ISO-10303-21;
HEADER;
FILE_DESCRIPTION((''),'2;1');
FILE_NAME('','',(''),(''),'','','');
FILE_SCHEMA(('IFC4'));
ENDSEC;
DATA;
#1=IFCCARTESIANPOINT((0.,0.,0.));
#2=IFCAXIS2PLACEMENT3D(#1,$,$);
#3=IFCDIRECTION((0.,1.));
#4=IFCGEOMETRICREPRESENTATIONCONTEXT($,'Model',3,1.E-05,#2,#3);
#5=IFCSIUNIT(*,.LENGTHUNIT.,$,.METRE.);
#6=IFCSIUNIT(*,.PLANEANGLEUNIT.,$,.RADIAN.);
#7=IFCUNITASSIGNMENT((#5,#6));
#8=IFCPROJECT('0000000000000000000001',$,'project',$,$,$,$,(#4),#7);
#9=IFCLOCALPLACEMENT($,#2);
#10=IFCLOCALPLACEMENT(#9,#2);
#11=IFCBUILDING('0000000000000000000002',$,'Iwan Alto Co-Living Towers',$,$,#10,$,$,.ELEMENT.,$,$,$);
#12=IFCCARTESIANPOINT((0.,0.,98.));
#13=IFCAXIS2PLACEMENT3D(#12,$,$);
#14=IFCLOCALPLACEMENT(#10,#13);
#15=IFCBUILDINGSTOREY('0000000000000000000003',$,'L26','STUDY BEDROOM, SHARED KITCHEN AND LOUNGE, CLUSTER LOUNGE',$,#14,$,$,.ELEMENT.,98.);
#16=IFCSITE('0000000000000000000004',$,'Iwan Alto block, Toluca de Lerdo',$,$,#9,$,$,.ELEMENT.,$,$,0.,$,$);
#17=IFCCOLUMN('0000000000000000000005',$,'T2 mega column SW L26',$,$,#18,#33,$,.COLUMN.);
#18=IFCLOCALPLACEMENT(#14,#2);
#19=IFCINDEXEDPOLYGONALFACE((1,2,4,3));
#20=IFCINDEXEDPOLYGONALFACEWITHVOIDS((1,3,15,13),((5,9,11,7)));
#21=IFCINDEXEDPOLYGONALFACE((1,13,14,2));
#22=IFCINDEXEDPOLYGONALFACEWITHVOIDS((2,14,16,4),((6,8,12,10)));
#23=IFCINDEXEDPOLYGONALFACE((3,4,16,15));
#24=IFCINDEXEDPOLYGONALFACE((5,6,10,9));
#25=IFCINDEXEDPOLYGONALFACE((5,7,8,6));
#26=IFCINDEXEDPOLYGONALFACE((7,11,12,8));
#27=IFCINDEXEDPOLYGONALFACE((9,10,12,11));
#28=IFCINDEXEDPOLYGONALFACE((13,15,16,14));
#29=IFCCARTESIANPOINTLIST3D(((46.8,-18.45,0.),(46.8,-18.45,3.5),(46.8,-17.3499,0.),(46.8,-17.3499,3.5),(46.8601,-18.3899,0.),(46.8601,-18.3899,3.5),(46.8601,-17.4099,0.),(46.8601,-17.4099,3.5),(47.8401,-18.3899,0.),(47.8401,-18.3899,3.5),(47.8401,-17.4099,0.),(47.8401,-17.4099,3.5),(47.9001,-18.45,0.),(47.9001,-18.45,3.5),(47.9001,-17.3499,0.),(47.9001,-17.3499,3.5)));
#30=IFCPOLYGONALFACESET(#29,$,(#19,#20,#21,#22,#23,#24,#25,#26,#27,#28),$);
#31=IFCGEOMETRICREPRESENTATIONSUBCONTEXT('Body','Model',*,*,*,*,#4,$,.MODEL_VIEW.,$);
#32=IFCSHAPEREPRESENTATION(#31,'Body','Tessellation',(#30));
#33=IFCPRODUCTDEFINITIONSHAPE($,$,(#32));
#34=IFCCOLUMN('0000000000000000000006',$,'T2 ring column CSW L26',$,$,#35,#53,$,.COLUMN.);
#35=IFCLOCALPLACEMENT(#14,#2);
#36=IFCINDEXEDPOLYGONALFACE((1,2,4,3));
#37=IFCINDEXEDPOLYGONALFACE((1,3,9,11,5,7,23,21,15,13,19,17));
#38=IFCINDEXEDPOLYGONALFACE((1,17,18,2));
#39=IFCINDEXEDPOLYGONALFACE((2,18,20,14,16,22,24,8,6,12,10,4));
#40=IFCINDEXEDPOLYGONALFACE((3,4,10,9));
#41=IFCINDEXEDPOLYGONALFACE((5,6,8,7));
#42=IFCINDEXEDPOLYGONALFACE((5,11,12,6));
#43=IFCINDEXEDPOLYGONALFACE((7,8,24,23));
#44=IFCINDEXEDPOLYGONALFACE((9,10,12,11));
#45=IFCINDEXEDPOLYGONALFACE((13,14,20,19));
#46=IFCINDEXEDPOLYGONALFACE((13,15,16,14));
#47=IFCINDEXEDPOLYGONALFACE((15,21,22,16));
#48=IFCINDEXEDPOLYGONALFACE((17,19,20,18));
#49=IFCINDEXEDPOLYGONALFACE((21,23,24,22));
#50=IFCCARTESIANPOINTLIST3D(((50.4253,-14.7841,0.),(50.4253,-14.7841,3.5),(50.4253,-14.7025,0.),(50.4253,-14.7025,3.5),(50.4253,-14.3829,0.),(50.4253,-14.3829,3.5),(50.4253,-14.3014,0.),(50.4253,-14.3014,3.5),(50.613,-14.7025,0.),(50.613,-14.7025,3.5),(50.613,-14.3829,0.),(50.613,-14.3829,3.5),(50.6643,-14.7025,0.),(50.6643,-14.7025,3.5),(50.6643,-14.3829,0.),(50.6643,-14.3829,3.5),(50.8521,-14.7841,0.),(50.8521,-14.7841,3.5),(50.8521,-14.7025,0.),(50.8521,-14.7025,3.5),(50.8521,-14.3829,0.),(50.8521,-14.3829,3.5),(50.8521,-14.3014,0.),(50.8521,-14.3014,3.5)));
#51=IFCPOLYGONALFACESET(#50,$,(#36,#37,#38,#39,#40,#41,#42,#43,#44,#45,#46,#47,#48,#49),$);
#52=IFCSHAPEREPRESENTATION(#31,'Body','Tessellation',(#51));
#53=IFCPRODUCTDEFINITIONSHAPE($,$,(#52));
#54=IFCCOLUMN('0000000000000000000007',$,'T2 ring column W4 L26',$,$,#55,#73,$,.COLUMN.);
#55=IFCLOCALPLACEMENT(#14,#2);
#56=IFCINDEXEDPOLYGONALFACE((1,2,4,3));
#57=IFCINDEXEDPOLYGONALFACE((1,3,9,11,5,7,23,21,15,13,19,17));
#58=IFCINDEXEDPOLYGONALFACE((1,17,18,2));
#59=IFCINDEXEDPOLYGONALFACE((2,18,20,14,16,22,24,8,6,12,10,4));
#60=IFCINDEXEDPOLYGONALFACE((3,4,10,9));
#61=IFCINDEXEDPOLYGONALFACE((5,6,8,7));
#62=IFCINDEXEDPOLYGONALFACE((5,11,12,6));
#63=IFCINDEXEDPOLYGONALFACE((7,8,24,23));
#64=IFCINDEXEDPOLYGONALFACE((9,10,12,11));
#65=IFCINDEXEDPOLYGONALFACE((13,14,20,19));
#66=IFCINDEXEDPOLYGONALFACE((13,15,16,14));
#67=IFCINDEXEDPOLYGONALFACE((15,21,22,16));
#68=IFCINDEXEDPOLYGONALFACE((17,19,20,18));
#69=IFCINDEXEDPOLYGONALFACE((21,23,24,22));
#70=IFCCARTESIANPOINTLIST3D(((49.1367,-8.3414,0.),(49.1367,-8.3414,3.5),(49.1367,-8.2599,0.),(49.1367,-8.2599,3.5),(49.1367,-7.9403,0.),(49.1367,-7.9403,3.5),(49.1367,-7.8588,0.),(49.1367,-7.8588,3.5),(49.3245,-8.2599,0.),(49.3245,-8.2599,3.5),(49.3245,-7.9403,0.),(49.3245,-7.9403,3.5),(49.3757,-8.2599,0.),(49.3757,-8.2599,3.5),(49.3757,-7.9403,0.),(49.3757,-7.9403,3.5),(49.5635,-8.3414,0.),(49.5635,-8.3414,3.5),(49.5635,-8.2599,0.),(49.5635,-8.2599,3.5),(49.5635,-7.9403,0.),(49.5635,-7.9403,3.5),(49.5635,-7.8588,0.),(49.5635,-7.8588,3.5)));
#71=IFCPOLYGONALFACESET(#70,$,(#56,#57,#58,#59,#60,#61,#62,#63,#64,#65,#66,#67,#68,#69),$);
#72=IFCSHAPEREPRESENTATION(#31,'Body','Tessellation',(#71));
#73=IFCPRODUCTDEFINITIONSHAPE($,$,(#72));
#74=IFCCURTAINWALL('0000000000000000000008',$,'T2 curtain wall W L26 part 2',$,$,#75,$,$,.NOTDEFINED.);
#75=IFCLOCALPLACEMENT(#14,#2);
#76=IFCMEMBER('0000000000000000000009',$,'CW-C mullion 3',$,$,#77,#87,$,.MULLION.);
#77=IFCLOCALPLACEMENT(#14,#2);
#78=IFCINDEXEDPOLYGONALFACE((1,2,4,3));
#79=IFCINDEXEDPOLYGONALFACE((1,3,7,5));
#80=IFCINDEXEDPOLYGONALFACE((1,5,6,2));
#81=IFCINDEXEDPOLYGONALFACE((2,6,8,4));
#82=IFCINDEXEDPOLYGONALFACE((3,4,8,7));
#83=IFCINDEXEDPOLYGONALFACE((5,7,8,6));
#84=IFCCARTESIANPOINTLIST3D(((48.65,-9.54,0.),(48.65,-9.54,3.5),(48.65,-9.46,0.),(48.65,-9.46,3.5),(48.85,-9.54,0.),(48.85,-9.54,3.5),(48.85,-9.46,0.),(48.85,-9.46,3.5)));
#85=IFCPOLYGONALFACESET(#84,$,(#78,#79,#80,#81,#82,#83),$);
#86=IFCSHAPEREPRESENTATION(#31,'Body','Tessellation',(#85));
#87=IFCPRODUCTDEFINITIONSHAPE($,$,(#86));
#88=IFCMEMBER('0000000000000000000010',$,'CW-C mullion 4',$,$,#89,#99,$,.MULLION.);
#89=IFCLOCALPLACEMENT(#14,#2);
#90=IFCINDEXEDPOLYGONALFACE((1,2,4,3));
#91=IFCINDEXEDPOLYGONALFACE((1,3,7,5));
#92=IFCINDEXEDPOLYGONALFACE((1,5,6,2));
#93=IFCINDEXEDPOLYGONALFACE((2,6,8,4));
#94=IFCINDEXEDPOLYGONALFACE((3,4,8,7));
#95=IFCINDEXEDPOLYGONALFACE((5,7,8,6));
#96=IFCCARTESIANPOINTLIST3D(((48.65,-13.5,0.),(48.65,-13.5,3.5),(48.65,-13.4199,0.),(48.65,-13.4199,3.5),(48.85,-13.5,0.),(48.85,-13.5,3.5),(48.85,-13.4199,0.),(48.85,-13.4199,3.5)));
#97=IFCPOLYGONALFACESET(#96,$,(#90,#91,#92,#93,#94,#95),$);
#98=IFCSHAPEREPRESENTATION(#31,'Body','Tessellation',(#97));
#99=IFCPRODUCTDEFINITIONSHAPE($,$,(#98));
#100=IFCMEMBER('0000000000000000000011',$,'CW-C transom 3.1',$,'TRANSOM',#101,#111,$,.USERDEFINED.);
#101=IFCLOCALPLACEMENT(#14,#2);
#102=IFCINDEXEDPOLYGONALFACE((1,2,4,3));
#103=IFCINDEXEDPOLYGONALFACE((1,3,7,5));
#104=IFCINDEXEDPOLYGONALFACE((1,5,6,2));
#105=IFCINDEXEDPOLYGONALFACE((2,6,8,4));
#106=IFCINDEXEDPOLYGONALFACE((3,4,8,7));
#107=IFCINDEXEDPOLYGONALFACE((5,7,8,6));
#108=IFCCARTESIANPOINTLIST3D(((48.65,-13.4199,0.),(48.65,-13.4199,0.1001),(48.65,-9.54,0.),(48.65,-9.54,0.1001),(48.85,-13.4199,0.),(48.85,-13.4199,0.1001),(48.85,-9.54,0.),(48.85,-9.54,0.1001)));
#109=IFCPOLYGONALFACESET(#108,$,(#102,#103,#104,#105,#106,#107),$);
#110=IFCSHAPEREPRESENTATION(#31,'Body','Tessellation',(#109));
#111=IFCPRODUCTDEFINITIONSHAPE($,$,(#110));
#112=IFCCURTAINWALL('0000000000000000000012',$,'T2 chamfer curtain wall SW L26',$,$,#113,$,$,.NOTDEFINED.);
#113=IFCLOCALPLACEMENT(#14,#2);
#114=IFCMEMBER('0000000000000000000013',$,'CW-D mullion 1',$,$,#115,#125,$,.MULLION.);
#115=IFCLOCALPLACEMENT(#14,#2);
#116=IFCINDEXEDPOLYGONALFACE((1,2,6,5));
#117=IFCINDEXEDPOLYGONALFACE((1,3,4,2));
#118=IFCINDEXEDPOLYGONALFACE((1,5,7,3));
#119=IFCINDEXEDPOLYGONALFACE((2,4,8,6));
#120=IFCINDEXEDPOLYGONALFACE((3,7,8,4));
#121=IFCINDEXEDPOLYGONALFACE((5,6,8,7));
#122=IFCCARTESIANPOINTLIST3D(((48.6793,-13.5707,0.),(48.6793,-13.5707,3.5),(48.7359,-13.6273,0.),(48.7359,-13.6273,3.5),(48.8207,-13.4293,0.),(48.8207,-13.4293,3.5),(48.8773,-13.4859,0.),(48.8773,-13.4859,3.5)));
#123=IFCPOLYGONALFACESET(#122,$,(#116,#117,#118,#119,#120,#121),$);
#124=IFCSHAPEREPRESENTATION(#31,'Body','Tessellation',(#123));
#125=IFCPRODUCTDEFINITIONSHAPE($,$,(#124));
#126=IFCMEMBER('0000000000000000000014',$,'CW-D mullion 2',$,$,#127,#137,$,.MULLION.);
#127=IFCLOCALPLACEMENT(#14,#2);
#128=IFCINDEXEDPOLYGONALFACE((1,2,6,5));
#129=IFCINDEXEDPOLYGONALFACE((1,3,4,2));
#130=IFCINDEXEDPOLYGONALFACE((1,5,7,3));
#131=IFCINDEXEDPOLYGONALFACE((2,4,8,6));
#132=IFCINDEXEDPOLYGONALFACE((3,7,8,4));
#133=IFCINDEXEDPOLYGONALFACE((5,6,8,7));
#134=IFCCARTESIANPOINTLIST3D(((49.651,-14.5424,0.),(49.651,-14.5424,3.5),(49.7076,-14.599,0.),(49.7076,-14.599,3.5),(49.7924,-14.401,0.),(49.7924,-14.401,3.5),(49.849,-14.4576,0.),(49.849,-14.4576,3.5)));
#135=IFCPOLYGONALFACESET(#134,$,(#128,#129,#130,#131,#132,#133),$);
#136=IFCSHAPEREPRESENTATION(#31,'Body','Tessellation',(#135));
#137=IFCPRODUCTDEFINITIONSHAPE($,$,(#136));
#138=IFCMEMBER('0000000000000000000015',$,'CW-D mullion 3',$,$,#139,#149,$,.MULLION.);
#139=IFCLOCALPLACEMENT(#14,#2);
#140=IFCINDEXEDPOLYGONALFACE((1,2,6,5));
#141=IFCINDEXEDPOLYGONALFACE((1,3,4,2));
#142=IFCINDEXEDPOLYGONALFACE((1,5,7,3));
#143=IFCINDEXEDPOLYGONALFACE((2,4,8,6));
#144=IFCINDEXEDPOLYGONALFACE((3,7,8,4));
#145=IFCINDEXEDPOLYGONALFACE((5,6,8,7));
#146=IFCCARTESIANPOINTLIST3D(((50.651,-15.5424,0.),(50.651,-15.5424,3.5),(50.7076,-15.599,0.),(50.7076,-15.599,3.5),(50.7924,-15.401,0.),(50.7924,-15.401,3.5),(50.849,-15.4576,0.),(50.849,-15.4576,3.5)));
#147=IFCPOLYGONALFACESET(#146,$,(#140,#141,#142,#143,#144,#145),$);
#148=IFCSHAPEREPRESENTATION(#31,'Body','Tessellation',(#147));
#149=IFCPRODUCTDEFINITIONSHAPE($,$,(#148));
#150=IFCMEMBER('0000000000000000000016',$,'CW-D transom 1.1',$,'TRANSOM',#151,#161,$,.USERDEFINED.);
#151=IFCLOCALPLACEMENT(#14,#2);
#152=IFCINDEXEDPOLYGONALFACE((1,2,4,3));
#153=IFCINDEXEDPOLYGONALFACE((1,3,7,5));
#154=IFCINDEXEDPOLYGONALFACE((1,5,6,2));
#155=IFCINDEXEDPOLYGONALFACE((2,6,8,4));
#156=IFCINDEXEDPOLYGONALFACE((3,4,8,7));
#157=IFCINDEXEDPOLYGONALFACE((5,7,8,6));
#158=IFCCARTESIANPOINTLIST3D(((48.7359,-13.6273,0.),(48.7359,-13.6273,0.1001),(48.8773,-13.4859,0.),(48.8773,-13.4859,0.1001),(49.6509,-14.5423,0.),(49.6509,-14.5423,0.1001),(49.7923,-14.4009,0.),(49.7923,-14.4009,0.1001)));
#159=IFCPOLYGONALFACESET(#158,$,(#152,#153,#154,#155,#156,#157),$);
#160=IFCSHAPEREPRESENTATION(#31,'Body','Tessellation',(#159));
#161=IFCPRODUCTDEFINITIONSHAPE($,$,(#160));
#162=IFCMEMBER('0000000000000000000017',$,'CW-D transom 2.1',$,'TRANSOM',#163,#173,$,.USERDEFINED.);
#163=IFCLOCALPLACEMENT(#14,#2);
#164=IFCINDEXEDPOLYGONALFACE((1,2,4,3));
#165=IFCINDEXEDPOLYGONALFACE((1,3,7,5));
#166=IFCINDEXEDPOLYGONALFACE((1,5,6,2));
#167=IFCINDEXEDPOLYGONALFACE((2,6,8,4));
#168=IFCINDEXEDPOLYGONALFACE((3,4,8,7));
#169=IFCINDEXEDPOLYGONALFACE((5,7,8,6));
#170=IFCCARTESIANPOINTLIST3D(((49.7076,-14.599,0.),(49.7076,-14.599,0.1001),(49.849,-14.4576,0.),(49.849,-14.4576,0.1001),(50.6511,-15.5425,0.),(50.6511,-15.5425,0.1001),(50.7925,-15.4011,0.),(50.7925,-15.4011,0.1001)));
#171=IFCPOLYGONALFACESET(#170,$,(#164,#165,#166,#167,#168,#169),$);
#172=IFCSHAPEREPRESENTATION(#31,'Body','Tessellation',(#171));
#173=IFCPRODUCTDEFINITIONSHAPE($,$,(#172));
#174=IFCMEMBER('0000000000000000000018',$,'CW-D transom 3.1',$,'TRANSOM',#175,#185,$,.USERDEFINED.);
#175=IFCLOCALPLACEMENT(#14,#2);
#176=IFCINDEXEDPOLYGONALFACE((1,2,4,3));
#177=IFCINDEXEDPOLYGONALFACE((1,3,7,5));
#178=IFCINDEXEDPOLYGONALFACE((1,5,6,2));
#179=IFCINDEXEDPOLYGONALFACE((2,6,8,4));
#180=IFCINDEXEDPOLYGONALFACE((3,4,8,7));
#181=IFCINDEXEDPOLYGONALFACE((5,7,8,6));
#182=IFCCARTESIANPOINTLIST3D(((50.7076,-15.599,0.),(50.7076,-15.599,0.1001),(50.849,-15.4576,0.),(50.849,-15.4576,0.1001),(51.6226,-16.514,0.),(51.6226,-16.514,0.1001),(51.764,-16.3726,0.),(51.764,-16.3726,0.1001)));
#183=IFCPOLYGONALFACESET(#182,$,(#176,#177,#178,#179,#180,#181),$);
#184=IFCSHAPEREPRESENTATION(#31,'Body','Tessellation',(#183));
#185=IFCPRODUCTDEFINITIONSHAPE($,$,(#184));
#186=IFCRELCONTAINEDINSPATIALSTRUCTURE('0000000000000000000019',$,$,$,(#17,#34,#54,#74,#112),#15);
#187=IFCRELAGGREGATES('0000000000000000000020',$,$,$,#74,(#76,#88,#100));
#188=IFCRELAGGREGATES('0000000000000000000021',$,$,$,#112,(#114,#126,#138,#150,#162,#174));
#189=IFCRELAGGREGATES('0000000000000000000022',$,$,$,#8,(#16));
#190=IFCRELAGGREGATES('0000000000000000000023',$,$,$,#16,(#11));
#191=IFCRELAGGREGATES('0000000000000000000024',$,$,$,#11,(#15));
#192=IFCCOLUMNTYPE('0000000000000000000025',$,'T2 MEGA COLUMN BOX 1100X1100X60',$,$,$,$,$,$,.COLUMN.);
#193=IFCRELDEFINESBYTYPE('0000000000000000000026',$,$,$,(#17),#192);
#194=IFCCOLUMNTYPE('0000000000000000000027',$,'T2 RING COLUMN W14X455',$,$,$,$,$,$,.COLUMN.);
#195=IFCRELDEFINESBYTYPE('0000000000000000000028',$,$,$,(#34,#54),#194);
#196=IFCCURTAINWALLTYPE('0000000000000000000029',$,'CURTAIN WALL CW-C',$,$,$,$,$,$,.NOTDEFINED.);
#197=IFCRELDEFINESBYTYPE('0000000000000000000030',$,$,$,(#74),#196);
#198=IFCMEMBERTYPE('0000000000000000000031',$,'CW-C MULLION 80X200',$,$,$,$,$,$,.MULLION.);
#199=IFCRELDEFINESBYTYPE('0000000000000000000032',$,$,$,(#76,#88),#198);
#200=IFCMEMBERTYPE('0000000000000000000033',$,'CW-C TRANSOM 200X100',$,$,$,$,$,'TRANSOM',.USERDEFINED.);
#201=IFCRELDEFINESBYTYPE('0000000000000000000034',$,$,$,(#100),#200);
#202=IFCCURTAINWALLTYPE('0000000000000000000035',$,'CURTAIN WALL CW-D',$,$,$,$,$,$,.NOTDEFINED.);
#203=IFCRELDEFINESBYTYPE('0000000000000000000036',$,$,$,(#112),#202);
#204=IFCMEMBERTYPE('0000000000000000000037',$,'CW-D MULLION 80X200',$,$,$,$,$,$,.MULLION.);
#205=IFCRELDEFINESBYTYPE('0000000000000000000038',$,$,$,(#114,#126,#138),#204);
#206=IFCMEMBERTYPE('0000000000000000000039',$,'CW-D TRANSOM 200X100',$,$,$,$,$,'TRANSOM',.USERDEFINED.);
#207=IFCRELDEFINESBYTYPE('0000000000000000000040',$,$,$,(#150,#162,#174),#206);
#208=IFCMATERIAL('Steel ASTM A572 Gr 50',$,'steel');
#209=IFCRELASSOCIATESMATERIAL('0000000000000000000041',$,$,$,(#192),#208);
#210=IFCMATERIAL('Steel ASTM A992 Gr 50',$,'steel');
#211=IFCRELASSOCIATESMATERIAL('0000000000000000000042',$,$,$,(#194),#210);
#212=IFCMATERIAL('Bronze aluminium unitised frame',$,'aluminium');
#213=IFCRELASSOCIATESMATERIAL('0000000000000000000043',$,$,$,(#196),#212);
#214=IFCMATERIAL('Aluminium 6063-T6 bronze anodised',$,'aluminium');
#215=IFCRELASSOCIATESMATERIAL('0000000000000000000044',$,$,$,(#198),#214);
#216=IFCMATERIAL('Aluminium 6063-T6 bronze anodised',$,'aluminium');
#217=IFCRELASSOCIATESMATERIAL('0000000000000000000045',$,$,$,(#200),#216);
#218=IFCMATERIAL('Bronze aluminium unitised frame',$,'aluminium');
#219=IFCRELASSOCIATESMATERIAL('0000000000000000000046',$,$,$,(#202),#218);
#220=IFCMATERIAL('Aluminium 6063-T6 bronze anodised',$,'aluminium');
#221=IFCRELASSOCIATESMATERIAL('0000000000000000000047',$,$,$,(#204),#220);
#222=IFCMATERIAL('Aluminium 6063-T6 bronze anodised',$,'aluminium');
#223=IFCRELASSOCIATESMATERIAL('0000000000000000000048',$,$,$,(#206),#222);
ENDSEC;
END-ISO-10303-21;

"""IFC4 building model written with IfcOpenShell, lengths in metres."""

from ifc_helpers import new_model, si_unit, direction, frame, origin, origin_2d, place, context, subcontext, project, spatial, rectangle, hollow_rectangle, i_section, extrude, material, material_profile, profile_set, type_object, element, aggregate, save


model = new_model("IFC4")

# Units and contexts
model_context = context("Model", 3, precision=1e-05, world=origin(), true_north=direction((0.0, 1.0)))
body_context = subcontext(model_context, "Body", "Model", "MODEL_VIEW")
ifc_project = project(units=[si_unit("LENGTHUNIT", "METRE"), si_unit("PLANEANGLEUNIT", "RADIAN")], contexts=[model_context])

# Site, building, storey
site_placement = place(None, origin())
site = spatial("IfcSite", under=ifc_project, at=site_placement, Name="Iwan Alto block, Toluca de Lerdo", CompositionType="ELEMENT", RefElevation=0.0)
building_placement = place(site_placement, origin())
building = spatial("IfcBuilding", under=site, at=building_placement, Name="Iwan Alto Co-Living Towers", CompositionType="ELEMENT")
storey_placement = place(building_placement, frame((0.0, 0.0, 98.0)))
storey = spatial("IfcBuildingStorey", under=building, at=storey_placement, Name="L26", Description="STUDY BEDROOM, SHARED KITCHEN AND LOUNGE, CLUSTER LOUNGE", CompositionType="ELEMENT", Elevation=98.0)

# Columns
ifc_material_1 = material(Name="Steel ASTM A572 Gr 50", Category="steel")
ifc_material_profile_1 = material_profile(ifc_material_1, hollow_rectangle(XDim=1.1001, YDim=1.1001, WallThickness=0.0601, at=origin_2d()), Name="BOX 1100X1100X60")
ifc_profile_set_1 = profile_set([ifc_material_profile_1], Name="Steel ASTM A572 Gr 50")
column_type_1 = type_object("IfcColumnType", Name="T2 MEGA COLUMN BOX 1100X1100X60", PredefinedType="COLUMN", material=ifc_profile_set_1)
column_placement = place(storey_placement, frame((47.3501, -17.8999, 0.0), z_axis=(0.0, 0.0, 1.0), x_axis=(1.0, 0.0, 0.0)))
element("IfcColumn", 1, at=column_placement, inside=storey, type_object=column_type_1, Name="T2 mega column SW L26", PredefinedType="COLUMN", context=body_context, shape_type="SweptSolid", body=[
    extrude(hollow_rectangle(XDim=1.1001, YDim=1.1001, WallThickness=0.0601, at=origin_2d()), origin(), (0.0, 0.0, 1.0), 3.5),
])
ifc_material_2 = material(Name="Steel ASTM A992 Gr 50", Category="steel")
ifc_material_profile_2 = material_profile(ifc_material_2, i_section(OverallWidth=0.4268, OverallDepth=0.4827, WebThickness=0.0513, FlangeThickness=0.0815, at=origin_2d()), Name="W14X455")
ifc_profile_set_2 = profile_set([ifc_material_profile_2], Name="Steel ASTM A992 Gr 50")
column_type_2 = type_object("IfcColumnType", Name="T2 RING COLUMN W14X455", PredefinedType="COLUMN", material=ifc_profile_set_2)
for number, where, z_axis, x_axis, name in (
    (2, (50.6387, -14.5427, 0.0), (0.0, 0.0, 1.0), (1.0, 0.0, 0.0), "T2 ring column CSW L26"),
    (3, (49.3501, -8.1001, 0.0), (0.0, 0.0, 1.0), (1.0, 0.0, 0.0), "T2 ring column W4 L26"),
):
    element("IfcColumn", number, at=place(storey_placement, frame(where, z_axis=z_axis, x_axis=x_axis)), inside=storey, type_object=column_type_2, Name=name, PredefinedType="COLUMN", context=body_context, shape_type="SweptSolid", body=[
        extrude(i_section(OverallWidth=0.4268, OverallDepth=0.4827, WebThickness=0.0513, FlangeThickness=0.0815, at=origin_2d()), origin(), (0.0, 0.0, 1.0), 3.5),
    ])

# Curtain walls, members
ifc_material_3 = material(Name="Bronze aluminium unitised frame", Category="aluminium")
curtain_wall_type_1 = type_object("IfcCurtainWallType", Name="CURTAIN WALL CW-C", PredefinedType="NOTDEFINED", material=ifc_material_3)
curtain_wall_1_placement = place(storey_placement, origin())
curtain_wall_1 = element("IfcCurtainWall", 4, at=curtain_wall_1_placement, inside=storey, type_object=curtain_wall_type_1, Name="T2 curtain wall W L26 part 2", PredefinedType="NOTDEFINED")
ifc_material_4 = material(Name="Aluminium 6063-T6 bronze anodised", Category="aluminium")
ifc_material_profile_3 = material_profile(ifc_material_4, rectangle(XDim=0.2, YDim=0.0801, at=origin_2d()), Name="AL 80X200")
ifc_profile_set_3 = profile_set([ifc_material_profile_3], Name="Aluminium 6063-T6 bronze anodised")
member_type_1 = type_object("IfcMemberType", Name="CW-C MULLION 80X200", PredefinedType="MULLION", material=ifc_profile_set_3)
member_1_placement = place(storey_placement, frame((48.75, -9.5, 0.0), z_axis=(0.0, 0.0, 1.0), x_axis=(1.0, 0.0, 0.0)))
member_1 = element("IfcMember", 5, at=member_1_placement, type_object=member_type_1, Name="CW-C mullion 3", PredefinedType="MULLION", context=body_context, shape_type="SweptSolid", body=[
    extrude(rectangle(XDim=0.2, YDim=0.0801, at=origin_2d()), origin(), (0.0, 0.0, 1.0), 3.5),
])
member_2_placement = place(storey_placement, frame((48.75, -13.46, 0.0), z_axis=(0.0, 0.0, 1.0), x_axis=(1.0, 0.0, 0.0)))
member_2 = element("IfcMember", 6, at=member_2_placement, type_object=member_type_1, Name="CW-C mullion 4", PredefinedType="MULLION", context=body_context, shape_type="SweptSolid", body=[
    extrude(rectangle(XDim=0.2, YDim=0.0801, at=origin_2d()), origin(), (0.0, 0.0, 1.0), 3.5),
])
ifc_material_5 = material(Name="Aluminium 6063-T6 bronze anodised", Category="aluminium")
ifc_material_profile_4 = material_profile(ifc_material_5, rectangle(XDim=0.2, YDim=0.1001, at=origin_2d()), Name="AL 200X100")
ifc_profile_set_4 = profile_set([ifc_material_profile_4], Name="Aluminium 6063-T6 bronze anodised")
member_type_2 = type_object("IfcMemberType", Name="CW-C TRANSOM 200X100", ElementType="TRANSOM", PredefinedType="USERDEFINED", material=ifc_profile_set_4)
member_3_placement = place(storey_placement, frame((48.75, -9.54, 0.05), z_axis=(0.0, -1.0, 0.0), x_axis=(1.0, 0.0, 0.0)))
member_3 = element("IfcMember", 7, at=member_3_placement, type_object=member_type_2, Name="CW-C transom 3.1", ObjectType="TRANSOM", PredefinedType="USERDEFINED", context=body_context, shape_type="SweptSolid", body=[
    extrude(rectangle(XDim=0.2, YDim=0.1001, at=origin_2d()), origin(), (0.0, 0.0, 1.0), 3.8799),
])
ifc_material_6 = material(Name="Bronze aluminium unitised frame", Category="aluminium")
curtain_wall_type_2 = type_object("IfcCurtainWallType", Name="CURTAIN WALL CW-D", PredefinedType="NOTDEFINED", material=ifc_material_6)
curtain_wall_2_placement = place(storey_placement, origin())
curtain_wall_2 = element("IfcCurtainWall", 8, at=curtain_wall_2_placement, inside=storey, type_object=curtain_wall_type_2, Name="T2 chamfer curtain wall SW L26", PredefinedType="NOTDEFINED")
ifc_material_7 = material(Name="Aluminium 6063-T6 bronze anodised", Category="aluminium")
ifc_material_profile_5 = material_profile(ifc_material_7, rectangle(XDim=0.2, YDim=0.0801, at=origin_2d()), Name="AL 80X200")
ifc_profile_set_5 = profile_set([ifc_material_profile_5], Name="Aluminium 6063-T6 bronze anodised")
member_type_3 = type_object("IfcMemberType", Name="CW-D MULLION 80X200", PredefinedType="MULLION", material=ifc_profile_set_5)
member_4_placement = place(storey_placement, frame((48.7783, -13.5283, 0.0), z_axis=(0.0, 0.0, 1.0), x_axis=(0.707107, 0.707107, 0.0)))
member_4 = element("IfcMember", 9, at=member_4_placement, type_object=member_type_3, Name="CW-D mullion 1", PredefinedType="MULLION", context=body_context, shape_type="SweptSolid", body=[
    extrude(rectangle(XDim=0.2, YDim=0.0801, at=origin_2d()), origin(), (0.0, 0.0, 1.0), 3.5),
])
member_5_placement = place(storey_placement, frame((49.75, -14.5, 0.0), z_axis=(0.0, 0.0, 1.0), x_axis=(0.707107, 0.707107, 0.0)))
member_5 = element("IfcMember", 10, at=member_5_placement, type_object=member_type_3, Name="CW-D mullion 2", PredefinedType="MULLION", context=body_context, shape_type="SweptSolid", body=[
    extrude(rectangle(XDim=0.2, YDim=0.0801, at=origin_2d()), origin(), (0.0, 0.0, 1.0), 3.5),
])
member_6_placement = place(storey_placement, frame((50.75, -15.5, 0.0), z_axis=(0.0, 0.0, 1.0), x_axis=(0.707107, 0.707107, 0.0)))
member_6 = element("IfcMember", 11, at=member_6_placement, type_object=member_type_3, Name="CW-D mullion 3", PredefinedType="MULLION", context=body_context, shape_type="SweptSolid", body=[
    extrude(rectangle(XDim=0.2, YDim=0.0801, at=origin_2d()), origin(), (0.0, 0.0, 1.0), 3.5),
])
ifc_material_8 = material(Name="Aluminium 6063-T6 bronze anodised", Category="aluminium")
ifc_material_profile_6 = material_profile(ifc_material_8, rectangle(XDim=0.2, YDim=0.1001, at=origin_2d()), Name="AL 200X100")
ifc_profile_set_6 = profile_set([ifc_material_profile_6], Name="Aluminium 6063-T6 bronze anodised")
member_type_4 = type_object("IfcMemberType", Name="CW-D TRANSOM 200X100", ElementType="TRANSOM", PredefinedType="USERDEFINED", material=ifc_profile_set_6)
member_7_placement = place(storey_placement, frame((48.8066, -13.5566, 0.05), z_axis=(0.707107, -0.707107, 0.0), x_axis=(0.707107, 0.707107, 0.0)))
member_7 = element("IfcMember", 12, at=member_7_placement, type_object=member_type_4, Name="CW-D transom 1.1", ObjectType="TRANSOM", PredefinedType="USERDEFINED", context=body_context, shape_type="SweptSolid", body=[
    extrude(rectangle(XDim=0.2, YDim=0.1001, at=origin_2d()), origin(), (0.0, 0.0, 1.0), 1.2939),
])
member_8_placement = place(storey_placement, frame((49.7783, -14.5283, 0.05), z_axis=(0.707107, -0.707107, 0.0), x_axis=(0.707107, 0.707107, 0.0)))
member_8 = element("IfcMember", 13, at=member_8_placement, type_object=member_type_4, Name="CW-D transom 2.1", ObjectType="TRANSOM", PredefinedType="USERDEFINED", context=body_context, shape_type="SweptSolid", body=[
    extrude(rectangle(XDim=0.2, YDim=0.1001, at=origin_2d()), origin(), (0.0, 0.0, 1.0), 1.3342),
])
member_9_placement = place(storey_placement, frame((50.7783, -15.5283, 0.05), z_axis=(0.707107, -0.707107, 0.0), x_axis=(0.707107, 0.707107, 0.0)))
member_9 = element("IfcMember", 14, at=member_9_placement, type_object=member_type_4, Name="CW-D transom 3.1", ObjectType="TRANSOM", PredefinedType="USERDEFINED", context=body_context, shape_type="SweptSolid", body=[
    extrude(rectangle(XDim=0.2, YDim=0.1001, at=origin_2d()), origin(), (0.0, 0.0, 1.0), 1.2939),
])

aggregate(curtain_wall_1, [member_1, member_2, member_3])
aggregate(curtain_wall_2, [member_4, member_5, member_6, member_7, member_8, member_9])

save(model, "model.ifc")
